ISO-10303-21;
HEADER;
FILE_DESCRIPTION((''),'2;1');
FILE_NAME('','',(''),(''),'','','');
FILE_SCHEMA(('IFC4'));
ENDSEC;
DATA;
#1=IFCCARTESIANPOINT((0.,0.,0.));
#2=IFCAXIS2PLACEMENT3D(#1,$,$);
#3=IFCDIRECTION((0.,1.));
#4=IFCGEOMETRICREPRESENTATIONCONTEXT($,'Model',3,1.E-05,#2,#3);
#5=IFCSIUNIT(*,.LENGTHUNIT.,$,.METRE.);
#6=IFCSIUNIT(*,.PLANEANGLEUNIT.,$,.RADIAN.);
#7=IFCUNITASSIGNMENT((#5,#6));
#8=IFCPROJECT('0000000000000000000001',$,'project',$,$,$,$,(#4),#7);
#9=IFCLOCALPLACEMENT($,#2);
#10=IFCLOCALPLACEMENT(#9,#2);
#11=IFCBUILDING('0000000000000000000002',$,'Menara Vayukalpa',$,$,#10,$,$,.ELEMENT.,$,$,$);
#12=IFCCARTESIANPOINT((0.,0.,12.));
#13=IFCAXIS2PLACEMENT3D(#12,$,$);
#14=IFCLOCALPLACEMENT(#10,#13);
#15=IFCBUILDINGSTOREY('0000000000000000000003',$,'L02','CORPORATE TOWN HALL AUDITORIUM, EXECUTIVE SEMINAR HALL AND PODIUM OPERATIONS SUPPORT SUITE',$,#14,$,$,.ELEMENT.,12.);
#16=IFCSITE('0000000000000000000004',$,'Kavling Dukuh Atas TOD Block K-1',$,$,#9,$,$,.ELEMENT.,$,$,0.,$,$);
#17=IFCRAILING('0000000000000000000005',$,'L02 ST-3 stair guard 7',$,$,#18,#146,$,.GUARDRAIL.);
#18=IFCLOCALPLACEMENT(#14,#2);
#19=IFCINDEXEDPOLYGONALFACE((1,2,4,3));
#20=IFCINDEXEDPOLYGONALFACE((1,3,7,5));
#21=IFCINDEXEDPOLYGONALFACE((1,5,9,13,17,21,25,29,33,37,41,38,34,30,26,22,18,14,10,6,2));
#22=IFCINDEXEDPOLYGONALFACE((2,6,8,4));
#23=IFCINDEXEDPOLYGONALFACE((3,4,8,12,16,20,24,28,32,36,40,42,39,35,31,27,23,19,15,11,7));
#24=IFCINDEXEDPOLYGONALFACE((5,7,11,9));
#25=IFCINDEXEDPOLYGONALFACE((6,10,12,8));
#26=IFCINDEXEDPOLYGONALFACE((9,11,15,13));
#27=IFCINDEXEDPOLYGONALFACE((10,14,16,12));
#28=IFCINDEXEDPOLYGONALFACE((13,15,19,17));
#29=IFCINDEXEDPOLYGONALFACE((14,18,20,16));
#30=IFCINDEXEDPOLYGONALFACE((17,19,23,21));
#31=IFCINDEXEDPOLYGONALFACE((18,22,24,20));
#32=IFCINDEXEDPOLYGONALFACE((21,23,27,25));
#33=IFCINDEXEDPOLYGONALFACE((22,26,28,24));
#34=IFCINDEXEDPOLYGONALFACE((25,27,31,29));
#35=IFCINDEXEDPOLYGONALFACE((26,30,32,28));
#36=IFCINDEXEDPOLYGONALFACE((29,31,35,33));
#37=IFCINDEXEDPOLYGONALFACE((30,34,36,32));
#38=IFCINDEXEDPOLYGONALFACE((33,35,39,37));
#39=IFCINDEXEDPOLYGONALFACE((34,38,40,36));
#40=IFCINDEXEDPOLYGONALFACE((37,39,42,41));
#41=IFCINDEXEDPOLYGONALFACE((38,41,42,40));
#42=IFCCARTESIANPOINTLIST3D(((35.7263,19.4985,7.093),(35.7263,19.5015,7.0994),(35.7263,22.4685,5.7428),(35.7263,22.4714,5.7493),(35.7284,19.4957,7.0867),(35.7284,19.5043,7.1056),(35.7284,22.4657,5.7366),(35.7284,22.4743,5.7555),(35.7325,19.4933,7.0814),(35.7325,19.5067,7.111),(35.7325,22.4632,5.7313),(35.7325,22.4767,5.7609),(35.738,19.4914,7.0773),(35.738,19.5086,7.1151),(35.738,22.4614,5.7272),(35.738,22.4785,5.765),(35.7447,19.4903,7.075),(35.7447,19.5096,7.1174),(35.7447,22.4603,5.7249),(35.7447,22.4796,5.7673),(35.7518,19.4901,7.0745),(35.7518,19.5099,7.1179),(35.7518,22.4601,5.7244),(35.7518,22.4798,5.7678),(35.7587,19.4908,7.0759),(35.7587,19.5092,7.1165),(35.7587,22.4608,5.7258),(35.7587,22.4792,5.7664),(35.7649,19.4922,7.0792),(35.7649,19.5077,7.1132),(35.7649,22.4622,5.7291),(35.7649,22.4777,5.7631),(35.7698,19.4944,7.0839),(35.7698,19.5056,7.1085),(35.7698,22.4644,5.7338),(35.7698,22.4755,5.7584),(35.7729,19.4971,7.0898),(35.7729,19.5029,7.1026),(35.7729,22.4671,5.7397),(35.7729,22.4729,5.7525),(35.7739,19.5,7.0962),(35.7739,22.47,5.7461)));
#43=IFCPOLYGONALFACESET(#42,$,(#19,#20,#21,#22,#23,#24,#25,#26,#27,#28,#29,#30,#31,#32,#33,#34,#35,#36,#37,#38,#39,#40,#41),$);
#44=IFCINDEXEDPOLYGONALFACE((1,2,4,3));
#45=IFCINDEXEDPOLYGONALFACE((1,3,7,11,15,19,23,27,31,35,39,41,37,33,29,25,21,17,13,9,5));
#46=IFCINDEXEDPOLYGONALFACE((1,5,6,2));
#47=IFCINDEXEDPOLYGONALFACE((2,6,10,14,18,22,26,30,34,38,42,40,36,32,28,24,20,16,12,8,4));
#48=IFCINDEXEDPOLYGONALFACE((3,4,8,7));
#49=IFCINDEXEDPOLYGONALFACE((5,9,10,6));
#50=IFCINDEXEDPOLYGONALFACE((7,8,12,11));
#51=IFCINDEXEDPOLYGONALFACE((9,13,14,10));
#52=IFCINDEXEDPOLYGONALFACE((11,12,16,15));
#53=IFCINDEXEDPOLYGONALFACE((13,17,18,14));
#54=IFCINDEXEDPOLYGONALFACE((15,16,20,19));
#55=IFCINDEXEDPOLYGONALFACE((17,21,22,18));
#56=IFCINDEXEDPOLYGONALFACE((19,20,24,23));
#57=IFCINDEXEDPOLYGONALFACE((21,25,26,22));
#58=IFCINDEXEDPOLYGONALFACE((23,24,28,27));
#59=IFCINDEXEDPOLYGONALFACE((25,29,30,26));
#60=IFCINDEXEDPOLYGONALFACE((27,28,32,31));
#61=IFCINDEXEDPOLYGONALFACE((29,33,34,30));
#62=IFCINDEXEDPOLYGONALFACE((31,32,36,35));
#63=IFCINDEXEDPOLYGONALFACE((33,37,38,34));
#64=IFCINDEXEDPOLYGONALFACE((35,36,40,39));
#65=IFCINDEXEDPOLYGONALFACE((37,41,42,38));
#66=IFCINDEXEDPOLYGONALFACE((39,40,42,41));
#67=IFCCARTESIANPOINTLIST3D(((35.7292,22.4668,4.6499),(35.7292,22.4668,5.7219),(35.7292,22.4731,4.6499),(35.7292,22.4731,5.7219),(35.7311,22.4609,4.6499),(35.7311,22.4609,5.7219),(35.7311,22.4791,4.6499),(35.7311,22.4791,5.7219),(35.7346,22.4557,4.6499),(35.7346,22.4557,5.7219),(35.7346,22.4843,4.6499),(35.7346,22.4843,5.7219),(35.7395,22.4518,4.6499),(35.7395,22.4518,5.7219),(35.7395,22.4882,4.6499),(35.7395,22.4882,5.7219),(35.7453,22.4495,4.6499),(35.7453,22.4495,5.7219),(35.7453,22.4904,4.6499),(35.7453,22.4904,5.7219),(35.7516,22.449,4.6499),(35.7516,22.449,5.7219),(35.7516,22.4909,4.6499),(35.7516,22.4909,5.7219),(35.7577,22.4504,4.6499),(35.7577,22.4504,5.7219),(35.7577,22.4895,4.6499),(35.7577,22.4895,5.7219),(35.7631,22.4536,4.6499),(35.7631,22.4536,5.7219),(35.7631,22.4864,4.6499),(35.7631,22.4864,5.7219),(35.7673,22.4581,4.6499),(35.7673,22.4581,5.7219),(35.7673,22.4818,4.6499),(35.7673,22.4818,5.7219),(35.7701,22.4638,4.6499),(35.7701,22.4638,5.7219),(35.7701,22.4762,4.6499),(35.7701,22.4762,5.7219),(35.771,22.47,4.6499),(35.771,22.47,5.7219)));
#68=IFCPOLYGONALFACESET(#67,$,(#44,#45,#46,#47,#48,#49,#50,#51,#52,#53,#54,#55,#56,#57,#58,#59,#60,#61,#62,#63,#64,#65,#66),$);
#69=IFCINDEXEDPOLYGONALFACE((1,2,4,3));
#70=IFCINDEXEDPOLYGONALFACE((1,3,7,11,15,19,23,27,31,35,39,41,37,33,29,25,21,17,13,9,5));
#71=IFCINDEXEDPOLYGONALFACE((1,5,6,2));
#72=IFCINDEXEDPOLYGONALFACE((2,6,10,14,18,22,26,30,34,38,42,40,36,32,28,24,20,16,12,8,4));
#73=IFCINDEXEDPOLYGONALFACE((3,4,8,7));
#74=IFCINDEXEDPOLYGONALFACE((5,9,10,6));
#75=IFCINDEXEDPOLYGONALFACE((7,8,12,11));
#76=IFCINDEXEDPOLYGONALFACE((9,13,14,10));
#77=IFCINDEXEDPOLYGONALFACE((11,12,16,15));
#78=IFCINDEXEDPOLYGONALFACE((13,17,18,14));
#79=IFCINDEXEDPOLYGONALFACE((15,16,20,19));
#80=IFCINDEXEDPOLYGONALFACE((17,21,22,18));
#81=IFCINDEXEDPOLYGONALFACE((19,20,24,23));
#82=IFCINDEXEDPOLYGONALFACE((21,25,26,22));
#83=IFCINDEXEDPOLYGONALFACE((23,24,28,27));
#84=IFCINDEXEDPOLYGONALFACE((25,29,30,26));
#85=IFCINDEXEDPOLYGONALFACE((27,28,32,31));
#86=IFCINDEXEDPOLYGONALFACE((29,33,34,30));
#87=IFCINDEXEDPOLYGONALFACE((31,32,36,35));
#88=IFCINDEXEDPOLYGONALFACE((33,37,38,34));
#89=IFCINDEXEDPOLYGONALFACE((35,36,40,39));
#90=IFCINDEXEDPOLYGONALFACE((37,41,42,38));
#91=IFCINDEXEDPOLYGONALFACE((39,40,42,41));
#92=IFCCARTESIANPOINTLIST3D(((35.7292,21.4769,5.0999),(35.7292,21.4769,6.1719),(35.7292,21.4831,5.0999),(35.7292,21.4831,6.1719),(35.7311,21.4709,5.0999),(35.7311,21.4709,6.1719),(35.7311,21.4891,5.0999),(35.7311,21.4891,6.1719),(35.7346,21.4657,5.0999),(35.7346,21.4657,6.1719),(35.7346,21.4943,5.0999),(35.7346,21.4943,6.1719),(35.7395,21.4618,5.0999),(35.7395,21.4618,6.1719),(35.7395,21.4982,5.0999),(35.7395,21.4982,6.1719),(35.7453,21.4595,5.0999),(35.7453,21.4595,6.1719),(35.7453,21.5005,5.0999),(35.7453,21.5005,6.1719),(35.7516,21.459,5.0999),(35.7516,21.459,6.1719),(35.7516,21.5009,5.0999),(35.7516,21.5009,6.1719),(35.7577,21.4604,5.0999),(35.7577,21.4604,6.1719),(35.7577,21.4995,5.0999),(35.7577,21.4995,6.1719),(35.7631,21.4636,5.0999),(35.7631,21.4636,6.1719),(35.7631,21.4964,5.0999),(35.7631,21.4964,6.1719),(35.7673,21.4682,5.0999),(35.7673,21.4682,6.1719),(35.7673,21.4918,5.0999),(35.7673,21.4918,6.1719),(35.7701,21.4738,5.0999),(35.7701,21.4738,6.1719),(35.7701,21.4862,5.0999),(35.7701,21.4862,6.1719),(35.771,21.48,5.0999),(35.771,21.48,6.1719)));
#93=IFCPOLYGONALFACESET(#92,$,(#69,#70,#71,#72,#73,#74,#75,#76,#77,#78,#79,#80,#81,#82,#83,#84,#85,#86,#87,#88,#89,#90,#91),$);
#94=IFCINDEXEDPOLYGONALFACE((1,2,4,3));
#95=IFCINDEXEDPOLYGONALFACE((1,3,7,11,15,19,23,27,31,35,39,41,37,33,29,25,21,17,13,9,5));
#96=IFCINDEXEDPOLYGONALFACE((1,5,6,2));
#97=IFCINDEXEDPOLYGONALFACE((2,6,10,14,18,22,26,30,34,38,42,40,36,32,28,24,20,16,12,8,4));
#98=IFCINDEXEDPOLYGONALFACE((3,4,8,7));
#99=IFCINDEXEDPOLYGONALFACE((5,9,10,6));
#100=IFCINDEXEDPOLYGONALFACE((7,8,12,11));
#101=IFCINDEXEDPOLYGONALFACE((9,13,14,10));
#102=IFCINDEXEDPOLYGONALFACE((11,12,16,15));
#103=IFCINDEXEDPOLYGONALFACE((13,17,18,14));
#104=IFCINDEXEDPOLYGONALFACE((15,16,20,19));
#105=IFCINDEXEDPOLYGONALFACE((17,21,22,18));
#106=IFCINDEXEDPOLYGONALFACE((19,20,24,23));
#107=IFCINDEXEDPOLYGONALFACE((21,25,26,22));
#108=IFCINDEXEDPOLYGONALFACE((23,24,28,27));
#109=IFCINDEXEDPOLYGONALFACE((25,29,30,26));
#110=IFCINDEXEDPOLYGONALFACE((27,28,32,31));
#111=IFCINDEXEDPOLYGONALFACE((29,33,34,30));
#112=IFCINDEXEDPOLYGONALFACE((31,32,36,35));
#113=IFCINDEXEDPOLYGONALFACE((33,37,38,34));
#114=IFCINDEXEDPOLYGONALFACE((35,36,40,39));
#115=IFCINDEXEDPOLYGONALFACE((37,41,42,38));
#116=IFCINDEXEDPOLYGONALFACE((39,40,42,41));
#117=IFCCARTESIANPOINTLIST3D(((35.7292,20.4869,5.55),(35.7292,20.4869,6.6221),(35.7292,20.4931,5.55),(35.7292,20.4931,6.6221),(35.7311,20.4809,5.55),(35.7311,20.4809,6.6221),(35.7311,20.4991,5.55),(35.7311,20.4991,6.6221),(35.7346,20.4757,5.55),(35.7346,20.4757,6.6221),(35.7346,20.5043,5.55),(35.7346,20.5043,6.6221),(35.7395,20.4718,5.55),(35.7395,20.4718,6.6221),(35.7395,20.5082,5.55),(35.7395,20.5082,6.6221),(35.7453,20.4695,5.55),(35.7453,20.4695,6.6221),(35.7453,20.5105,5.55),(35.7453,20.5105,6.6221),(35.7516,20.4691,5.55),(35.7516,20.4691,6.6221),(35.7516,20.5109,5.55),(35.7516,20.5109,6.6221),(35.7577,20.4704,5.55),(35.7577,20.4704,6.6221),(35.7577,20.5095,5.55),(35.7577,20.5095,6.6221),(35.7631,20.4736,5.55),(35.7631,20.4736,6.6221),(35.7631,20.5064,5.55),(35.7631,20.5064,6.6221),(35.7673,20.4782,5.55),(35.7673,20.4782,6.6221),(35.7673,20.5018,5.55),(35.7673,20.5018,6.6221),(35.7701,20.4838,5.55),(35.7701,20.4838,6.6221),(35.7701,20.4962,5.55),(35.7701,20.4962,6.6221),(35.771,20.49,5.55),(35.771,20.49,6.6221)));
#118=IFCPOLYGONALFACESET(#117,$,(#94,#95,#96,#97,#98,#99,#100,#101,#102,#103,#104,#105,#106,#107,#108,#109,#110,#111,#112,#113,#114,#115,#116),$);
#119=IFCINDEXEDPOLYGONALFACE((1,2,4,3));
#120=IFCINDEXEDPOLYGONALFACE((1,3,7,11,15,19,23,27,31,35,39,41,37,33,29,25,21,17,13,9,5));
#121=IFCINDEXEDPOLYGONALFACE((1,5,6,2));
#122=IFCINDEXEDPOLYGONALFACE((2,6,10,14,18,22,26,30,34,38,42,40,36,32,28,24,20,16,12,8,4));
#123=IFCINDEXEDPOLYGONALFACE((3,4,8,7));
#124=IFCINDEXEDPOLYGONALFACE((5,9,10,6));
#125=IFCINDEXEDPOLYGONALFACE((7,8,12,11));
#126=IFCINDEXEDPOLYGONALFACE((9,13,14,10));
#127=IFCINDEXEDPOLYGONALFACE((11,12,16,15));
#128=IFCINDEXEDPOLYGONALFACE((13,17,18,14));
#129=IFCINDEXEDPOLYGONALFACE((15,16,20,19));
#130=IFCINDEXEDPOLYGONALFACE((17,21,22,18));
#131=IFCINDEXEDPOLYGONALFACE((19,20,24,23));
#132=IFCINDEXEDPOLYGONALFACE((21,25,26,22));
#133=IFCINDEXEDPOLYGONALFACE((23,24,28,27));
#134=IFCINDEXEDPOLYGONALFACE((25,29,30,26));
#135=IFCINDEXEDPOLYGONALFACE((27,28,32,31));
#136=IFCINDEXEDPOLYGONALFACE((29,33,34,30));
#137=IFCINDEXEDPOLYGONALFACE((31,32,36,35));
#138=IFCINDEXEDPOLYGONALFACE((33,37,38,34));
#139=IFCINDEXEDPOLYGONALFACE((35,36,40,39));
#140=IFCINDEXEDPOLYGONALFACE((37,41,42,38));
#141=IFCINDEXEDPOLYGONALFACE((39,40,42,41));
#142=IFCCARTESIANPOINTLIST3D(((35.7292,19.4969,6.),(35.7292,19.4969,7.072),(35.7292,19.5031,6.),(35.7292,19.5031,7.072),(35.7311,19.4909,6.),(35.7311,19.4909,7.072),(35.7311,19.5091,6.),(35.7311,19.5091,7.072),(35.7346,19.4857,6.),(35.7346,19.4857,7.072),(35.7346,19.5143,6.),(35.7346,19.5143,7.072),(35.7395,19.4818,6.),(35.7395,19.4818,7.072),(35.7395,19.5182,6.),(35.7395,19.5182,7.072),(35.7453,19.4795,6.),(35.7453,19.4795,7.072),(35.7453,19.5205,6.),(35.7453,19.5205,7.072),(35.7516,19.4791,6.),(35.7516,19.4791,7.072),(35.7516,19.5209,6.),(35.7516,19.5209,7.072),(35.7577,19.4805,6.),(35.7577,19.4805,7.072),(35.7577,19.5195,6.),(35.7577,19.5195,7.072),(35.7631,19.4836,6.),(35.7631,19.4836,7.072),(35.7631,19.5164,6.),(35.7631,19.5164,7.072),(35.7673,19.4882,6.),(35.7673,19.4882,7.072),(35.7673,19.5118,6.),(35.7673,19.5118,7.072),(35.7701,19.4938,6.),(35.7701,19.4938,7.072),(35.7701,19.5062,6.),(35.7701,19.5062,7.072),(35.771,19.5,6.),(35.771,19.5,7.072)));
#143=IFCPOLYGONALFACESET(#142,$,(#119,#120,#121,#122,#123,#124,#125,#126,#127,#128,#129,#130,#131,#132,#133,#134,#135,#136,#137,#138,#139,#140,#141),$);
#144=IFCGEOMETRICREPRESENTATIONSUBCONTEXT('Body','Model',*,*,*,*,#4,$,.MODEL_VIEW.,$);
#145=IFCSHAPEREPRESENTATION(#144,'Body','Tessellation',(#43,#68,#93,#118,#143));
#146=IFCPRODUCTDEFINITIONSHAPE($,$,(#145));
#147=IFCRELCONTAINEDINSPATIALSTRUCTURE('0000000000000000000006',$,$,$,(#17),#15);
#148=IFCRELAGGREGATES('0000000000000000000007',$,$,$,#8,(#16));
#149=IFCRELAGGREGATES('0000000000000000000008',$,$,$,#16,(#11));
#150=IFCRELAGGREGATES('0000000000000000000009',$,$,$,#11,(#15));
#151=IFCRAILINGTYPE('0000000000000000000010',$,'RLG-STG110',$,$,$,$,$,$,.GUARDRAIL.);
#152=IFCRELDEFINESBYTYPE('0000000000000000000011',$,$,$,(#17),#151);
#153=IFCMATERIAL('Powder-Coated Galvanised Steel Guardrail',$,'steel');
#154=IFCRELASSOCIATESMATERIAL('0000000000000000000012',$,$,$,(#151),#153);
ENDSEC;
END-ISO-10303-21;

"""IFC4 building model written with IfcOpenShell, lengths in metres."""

from ifc_helpers import new_model, si_unit, direction, frame, origin, origin_2d, place, context, subcontext, project, spatial, circle, extrude, material, type_object, element, save


model = new_model("IFC4")

# Units and contexts
model_context = context("Model", 3, precision=1e-05, world=origin(), true_north=direction((0.0, 1.0)))
body_context = subcontext(model_context, "Body", "Model", "MODEL_VIEW")
ifc_project = project(units=[si_unit("LENGTHUNIT", "METRE"), si_unit("PLANEANGLEUNIT", "RADIAN")], contexts=[model_context])

# Site, building, storey
site_placement = place(None, origin())
site = spatial("IfcSite", under=ifc_project, at=site_placement, Name="Kavling Dukuh Atas TOD Block K-1", CompositionType="ELEMENT", RefElevation=0.0)
building_placement = place(site_placement, origin())
building = spatial("IfcBuilding", under=site, at=building_placement, Name="Menara Vayukalpa", CompositionType="ELEMENT")
storey_placement = place(building_placement, frame((0.0, 0.0, 12.0)))
storey = spatial("IfcBuildingStorey", under=building, at=storey_placement, Name="L02", Description="CORPORATE TOWN HALL AUDITORIUM, EXECUTIVE SEMINAR HALL AND PODIUM OPERATIONS SUPPORT SUITE", CompositionType="ELEMENT", Elevation=12.0)

# Railing
ifc_material_1 = material(Name="Powder-Coated Galvanised Steel Guardrail", Category="steel")
railing_type_1 = type_object("IfcRailingType", Name="RLG-STG110", PredefinedType="GUARDRAIL", material=ifc_material_1)
railing_1_placement = place(storey_placement, frame((35.75, 22.47, 4.6499)))
element("IfcRailing", 1, at=railing_1_placement, inside=storey, type_object=railing_type_1, Name="L02 ST-3 stair guard 7", PredefinedType="GUARDRAIL", context=body_context, shape_type="SweptSolid", body=[
    extrude(circle(Radius=0.0239, at=origin_2d()), frame((0.0, 0.0, 1.0962), z_axis=(0.0, -0.910354, 0.413831), x_axis=(1.0, 0.0, 0.0)), (0.0, 0.0, 1.0), 3.2625),
    extrude(circle(Radius=0.021, at=origin_2d()), origin(), (0.0, 0.0, 1.0), 1.072),
    extrude(circle(Radius=0.021, at=origin_2d()), frame((0.0, -0.99, 0.45)), (0.0, 0.0, 1.0), 1.072),
    extrude(circle(Radius=0.021, at=origin_2d()), frame((0.0, -1.98, 0.9001)), (0.0, 0.0, 1.0), 1.072),
    extrude(circle(Radius=0.021, at=origin_2d()), frame((0.0, -2.97, 1.3501)), (0.0, 0.0, 1.0), 1.072),
])

save(model, "model.ifc")
